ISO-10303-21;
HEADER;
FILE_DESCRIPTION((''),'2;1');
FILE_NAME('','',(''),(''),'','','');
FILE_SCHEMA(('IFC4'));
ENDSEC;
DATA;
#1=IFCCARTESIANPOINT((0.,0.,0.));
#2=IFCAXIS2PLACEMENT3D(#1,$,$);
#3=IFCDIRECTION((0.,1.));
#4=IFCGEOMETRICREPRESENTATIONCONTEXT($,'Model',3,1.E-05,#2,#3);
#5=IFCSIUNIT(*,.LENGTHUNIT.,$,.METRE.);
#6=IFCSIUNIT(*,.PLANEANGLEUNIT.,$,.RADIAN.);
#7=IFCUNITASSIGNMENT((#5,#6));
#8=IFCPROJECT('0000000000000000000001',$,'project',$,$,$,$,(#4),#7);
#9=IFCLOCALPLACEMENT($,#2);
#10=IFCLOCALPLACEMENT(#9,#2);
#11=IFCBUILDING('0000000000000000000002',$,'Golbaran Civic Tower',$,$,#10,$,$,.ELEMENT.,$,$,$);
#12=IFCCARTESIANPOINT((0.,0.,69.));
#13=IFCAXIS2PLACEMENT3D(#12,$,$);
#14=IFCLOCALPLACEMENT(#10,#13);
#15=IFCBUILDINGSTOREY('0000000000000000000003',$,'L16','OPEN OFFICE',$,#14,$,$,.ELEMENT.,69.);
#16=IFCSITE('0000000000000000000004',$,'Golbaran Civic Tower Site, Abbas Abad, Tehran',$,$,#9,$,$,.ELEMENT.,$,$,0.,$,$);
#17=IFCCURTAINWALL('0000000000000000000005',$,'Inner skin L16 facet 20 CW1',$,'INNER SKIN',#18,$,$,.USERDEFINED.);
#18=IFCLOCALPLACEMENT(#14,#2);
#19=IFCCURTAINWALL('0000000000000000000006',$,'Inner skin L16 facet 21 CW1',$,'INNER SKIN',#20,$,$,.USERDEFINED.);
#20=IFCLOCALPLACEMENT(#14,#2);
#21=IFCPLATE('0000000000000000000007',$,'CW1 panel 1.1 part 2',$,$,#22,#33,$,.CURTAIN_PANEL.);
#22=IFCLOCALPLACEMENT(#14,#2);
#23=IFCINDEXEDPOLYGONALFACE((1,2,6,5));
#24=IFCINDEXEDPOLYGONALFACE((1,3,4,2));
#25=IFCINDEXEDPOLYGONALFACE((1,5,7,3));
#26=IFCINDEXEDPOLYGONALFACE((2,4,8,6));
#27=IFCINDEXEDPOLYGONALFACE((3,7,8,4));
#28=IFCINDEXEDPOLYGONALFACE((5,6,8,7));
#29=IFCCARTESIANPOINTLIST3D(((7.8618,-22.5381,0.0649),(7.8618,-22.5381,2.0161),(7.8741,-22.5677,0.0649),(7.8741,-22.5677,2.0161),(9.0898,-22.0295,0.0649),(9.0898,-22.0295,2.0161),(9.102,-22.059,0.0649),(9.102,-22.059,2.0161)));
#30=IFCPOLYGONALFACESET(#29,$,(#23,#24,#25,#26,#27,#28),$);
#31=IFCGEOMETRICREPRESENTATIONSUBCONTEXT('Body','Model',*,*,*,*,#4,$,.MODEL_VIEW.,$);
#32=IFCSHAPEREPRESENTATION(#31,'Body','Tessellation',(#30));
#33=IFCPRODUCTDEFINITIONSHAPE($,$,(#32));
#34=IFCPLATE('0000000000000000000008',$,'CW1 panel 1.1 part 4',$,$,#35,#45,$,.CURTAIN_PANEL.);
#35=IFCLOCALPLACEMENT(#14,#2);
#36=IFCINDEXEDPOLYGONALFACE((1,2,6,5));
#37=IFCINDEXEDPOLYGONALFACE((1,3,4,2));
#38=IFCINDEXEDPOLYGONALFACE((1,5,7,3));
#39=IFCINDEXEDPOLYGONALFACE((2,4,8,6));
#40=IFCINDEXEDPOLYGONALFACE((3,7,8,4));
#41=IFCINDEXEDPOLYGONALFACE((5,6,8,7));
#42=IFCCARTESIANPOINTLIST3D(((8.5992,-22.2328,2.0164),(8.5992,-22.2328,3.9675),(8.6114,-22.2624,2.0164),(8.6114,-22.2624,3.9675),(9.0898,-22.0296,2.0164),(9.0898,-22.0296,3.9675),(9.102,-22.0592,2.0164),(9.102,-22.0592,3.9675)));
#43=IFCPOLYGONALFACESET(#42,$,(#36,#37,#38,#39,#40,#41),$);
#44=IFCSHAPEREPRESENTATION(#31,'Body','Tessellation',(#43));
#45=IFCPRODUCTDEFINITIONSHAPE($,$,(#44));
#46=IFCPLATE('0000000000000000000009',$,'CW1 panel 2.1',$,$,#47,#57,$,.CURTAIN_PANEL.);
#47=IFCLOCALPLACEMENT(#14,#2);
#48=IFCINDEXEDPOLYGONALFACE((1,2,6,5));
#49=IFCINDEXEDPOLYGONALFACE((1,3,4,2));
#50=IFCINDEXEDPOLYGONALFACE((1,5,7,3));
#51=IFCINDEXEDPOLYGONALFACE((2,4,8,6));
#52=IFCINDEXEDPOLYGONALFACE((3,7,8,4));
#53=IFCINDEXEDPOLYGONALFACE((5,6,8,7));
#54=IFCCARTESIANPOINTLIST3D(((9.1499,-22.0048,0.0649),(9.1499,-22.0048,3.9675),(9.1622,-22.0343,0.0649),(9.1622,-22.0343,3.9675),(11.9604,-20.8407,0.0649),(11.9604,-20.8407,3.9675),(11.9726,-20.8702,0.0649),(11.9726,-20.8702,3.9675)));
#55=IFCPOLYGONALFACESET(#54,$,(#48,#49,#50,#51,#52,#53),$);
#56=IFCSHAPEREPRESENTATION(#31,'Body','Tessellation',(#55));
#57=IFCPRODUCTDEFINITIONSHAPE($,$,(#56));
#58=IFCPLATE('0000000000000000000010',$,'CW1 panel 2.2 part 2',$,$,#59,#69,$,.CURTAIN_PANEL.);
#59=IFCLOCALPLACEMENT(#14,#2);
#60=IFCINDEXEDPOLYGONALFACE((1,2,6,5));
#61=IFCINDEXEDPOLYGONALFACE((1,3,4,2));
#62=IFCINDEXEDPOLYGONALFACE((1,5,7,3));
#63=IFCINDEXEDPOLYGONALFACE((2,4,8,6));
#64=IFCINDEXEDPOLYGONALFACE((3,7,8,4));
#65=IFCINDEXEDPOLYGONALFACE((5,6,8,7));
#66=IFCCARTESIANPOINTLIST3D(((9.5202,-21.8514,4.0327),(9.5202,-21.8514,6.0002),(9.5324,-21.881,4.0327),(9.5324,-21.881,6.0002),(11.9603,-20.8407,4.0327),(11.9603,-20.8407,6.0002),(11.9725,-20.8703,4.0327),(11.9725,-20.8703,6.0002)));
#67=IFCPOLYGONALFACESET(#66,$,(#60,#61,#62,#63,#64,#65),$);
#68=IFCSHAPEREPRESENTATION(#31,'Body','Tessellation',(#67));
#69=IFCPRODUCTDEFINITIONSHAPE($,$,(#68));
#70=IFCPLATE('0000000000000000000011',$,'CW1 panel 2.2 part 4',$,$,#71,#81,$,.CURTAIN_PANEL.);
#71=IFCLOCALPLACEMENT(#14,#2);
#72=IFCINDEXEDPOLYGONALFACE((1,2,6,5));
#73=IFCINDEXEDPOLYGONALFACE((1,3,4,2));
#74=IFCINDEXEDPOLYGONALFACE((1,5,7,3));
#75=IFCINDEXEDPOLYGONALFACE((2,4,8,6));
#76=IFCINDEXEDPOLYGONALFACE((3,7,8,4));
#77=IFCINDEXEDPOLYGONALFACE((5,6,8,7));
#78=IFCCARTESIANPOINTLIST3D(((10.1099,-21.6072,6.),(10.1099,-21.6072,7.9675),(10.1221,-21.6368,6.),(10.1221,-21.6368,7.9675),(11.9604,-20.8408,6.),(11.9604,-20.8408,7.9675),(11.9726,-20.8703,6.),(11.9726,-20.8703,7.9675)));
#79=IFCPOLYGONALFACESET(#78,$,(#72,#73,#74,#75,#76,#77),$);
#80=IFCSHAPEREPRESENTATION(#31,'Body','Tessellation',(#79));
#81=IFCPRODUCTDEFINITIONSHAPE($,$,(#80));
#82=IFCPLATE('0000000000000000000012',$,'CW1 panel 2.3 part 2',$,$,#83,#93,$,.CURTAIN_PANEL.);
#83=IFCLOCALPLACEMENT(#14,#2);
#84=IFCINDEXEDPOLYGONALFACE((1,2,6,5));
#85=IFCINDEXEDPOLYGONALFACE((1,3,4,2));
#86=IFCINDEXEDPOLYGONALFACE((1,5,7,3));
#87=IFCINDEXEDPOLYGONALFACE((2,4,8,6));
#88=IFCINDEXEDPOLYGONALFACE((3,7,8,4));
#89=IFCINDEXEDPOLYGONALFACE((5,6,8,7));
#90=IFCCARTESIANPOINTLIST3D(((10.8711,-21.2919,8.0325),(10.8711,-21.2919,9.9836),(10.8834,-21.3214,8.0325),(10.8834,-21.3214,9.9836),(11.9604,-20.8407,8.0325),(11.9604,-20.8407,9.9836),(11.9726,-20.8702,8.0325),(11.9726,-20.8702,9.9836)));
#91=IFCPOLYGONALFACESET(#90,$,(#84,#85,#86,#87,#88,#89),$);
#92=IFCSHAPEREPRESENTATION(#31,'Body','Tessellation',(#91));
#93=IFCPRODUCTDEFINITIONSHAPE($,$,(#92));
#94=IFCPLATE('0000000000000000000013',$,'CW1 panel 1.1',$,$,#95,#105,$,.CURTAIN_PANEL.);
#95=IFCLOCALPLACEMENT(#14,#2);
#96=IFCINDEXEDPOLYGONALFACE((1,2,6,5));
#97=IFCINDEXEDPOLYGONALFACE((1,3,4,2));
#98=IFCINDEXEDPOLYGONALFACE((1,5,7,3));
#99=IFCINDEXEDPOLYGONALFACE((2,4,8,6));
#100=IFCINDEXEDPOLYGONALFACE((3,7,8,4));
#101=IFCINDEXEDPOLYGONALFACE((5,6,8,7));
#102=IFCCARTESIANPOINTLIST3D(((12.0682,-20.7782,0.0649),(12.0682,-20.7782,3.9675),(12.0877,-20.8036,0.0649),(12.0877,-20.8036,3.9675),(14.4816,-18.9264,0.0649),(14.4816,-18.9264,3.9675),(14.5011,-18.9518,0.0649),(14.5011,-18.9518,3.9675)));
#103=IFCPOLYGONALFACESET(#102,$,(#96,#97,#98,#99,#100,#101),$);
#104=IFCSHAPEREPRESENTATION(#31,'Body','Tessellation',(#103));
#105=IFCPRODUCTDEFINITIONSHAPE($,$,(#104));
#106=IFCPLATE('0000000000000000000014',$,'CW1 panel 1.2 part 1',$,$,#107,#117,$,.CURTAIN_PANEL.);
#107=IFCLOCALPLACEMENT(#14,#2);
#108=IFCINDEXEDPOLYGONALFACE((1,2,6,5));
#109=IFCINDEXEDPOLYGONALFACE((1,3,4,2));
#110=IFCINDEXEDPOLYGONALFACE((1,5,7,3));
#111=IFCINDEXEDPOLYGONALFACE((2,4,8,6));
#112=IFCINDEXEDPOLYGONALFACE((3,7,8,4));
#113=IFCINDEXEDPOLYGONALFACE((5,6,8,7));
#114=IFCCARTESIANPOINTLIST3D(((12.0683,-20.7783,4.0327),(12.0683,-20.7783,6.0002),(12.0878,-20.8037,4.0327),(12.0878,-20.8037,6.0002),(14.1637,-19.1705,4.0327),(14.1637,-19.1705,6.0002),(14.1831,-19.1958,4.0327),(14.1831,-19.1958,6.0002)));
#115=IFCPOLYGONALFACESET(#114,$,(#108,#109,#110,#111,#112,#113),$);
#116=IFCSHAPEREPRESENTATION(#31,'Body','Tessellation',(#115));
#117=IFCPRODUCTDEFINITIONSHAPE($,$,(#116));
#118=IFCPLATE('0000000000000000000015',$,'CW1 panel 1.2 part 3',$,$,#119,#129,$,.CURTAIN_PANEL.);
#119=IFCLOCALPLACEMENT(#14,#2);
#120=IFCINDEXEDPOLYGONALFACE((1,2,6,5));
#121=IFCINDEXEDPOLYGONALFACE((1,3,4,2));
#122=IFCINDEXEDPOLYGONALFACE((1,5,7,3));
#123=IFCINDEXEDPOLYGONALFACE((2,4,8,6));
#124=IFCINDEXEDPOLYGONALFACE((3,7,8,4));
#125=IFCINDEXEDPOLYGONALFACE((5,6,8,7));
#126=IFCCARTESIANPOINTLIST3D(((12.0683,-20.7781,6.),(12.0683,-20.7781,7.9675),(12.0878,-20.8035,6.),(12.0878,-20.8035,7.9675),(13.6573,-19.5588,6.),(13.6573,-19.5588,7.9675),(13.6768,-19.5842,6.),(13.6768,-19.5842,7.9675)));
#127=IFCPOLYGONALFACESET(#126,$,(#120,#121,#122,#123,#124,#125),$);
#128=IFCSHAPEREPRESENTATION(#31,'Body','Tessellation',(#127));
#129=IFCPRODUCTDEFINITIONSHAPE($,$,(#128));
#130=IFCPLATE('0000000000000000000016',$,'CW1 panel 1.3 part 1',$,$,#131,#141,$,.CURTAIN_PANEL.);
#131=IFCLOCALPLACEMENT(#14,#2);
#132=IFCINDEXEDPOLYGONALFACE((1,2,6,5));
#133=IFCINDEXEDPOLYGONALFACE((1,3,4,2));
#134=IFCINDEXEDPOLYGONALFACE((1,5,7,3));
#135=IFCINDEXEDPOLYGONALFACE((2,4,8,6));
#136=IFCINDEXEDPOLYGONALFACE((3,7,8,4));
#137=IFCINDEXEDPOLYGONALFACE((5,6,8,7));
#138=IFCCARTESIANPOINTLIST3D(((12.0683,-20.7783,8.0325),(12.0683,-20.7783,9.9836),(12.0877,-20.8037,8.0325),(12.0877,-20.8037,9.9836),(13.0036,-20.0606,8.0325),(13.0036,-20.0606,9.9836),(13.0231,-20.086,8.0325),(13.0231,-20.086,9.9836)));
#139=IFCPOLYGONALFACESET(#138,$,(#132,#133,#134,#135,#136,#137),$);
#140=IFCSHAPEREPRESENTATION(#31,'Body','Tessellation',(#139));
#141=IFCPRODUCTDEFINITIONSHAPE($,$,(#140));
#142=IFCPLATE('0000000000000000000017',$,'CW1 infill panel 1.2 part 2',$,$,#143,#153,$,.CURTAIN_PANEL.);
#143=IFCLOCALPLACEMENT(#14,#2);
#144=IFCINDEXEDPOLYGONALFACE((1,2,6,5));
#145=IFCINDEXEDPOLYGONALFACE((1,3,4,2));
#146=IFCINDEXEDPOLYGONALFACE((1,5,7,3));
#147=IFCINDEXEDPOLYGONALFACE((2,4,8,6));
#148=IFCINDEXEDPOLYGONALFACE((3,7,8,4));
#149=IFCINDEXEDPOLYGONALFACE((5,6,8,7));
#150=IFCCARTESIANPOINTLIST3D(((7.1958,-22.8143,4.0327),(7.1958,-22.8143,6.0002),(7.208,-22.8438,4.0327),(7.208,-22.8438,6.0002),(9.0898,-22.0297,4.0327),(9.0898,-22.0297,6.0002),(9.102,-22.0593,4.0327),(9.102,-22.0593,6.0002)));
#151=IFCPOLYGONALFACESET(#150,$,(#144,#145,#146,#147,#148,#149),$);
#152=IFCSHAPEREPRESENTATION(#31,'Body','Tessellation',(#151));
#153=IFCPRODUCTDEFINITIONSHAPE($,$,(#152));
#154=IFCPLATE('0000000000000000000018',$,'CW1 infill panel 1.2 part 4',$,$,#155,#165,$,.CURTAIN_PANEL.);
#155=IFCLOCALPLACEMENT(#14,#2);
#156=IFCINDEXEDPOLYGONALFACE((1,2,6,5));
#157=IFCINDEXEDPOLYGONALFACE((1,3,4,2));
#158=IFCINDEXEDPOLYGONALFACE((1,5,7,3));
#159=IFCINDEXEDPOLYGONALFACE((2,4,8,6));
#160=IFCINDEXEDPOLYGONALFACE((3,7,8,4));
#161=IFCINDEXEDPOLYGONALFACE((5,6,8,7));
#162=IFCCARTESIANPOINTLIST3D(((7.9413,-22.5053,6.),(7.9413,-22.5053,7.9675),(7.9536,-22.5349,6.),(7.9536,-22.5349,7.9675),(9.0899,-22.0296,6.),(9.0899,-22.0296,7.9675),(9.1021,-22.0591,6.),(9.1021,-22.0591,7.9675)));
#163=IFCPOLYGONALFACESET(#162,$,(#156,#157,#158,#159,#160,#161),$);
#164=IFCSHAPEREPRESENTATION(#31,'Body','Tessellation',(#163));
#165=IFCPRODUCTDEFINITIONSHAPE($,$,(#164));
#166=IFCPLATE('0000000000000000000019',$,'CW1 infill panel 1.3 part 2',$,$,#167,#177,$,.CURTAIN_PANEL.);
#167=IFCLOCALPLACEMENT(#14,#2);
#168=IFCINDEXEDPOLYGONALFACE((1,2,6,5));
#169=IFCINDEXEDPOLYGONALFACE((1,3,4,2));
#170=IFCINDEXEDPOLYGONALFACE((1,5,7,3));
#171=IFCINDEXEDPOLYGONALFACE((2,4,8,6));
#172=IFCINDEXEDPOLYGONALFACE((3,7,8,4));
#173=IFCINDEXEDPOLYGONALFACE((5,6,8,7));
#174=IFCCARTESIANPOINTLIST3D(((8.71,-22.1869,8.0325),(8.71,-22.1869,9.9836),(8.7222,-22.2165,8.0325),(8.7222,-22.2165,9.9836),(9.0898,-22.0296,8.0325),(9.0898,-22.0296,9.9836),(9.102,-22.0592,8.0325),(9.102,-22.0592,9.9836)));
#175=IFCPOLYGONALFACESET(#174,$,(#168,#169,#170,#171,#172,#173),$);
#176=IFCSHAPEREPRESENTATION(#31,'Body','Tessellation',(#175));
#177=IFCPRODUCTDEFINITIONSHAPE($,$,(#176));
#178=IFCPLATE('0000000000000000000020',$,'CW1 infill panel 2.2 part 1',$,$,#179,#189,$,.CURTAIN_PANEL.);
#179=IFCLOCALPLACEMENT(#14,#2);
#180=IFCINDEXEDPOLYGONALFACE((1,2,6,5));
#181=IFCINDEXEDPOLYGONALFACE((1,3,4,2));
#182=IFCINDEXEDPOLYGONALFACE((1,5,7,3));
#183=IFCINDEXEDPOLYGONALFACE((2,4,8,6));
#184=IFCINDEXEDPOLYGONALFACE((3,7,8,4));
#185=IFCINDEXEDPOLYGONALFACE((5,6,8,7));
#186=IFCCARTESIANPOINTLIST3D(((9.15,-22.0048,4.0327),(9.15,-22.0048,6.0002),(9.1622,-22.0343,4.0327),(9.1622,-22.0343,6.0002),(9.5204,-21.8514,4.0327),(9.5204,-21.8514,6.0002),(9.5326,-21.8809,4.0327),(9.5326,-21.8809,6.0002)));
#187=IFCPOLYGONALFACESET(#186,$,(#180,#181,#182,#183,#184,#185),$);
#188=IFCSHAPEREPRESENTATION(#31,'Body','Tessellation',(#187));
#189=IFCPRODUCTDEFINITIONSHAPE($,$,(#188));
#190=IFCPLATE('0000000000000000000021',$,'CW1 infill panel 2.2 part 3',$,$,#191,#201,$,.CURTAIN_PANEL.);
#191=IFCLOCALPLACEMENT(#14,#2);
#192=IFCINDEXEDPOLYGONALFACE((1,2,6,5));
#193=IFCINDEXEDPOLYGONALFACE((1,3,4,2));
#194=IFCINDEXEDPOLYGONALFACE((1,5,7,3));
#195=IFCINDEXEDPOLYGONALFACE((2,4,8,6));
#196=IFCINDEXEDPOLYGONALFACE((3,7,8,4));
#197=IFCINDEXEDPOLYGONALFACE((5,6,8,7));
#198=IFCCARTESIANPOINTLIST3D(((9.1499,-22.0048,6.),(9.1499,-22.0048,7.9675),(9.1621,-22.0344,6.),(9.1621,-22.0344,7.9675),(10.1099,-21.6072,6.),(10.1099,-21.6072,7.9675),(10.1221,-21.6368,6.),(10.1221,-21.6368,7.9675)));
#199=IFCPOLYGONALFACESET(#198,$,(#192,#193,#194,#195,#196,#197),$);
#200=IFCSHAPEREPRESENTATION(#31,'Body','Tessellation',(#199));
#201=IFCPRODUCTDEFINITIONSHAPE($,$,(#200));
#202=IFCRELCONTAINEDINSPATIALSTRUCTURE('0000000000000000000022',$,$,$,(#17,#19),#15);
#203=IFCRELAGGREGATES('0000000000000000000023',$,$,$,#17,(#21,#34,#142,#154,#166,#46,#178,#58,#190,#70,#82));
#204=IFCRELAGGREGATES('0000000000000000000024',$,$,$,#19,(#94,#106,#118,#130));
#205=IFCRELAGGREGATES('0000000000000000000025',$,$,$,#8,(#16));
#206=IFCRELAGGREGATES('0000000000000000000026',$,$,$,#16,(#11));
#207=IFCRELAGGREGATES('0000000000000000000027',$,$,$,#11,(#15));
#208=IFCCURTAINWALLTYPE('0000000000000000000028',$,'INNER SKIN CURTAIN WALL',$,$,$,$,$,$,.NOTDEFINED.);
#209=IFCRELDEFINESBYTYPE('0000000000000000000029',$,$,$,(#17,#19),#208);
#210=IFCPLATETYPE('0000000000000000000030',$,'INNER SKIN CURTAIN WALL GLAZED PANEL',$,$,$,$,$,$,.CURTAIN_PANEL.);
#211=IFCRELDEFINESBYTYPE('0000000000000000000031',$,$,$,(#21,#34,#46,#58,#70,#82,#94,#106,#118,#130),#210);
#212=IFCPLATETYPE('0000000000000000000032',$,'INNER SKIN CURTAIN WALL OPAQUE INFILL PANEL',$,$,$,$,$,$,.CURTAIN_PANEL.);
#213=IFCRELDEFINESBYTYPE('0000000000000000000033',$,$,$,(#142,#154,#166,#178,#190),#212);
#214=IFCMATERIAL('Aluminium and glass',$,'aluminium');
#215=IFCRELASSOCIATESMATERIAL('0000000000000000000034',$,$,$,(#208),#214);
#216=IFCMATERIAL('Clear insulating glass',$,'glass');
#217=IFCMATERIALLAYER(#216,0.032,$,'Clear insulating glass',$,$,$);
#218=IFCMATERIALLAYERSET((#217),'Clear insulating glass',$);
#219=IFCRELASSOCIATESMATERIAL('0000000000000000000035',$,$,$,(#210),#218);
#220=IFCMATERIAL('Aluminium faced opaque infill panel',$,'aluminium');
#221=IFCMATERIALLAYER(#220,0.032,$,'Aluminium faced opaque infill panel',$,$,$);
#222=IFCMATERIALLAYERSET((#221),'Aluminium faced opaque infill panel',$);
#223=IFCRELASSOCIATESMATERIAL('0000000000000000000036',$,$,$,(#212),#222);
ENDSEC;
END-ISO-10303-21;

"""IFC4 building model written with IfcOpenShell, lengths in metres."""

from ifc_helpers import new_model, si_unit, direction, frame, origin, origin_2d, place, context, subcontext, project, spatial, rectangle, extrude, material, layer, layer_set, type_object, element, aggregate, save


model = new_model("IFC4")

# Units and contexts
model_context = context("Model", 3, precision=1e-05, world=origin(), true_north=direction((0.0, 1.0)))
body_context = subcontext(model_context, "Body", "Model", "MODEL_VIEW")
ifc_project = project(units=[si_unit("LENGTHUNIT", "METRE"), si_unit("PLANEANGLEUNIT", "RADIAN")], contexts=[model_context])

# Site, building, storey
site_placement = place(None, origin())
site = spatial("IfcSite", under=ifc_project, at=site_placement, Name="Golbaran Civic Tower Site, Abbas Abad, Tehran", CompositionType="ELEMENT", RefElevation=0.0)
building_placement = place(site_placement, origin())
building = spatial("IfcBuilding", under=site, at=building_placement, Name="Golbaran Civic Tower", CompositionType="ELEMENT")
storey_placement = place(building_placement, frame((0.0, 0.0, 69.0)))
storey = spatial("IfcBuildingStorey", under=building, at=storey_placement, Name="L16", Description="OPEN OFFICE", CompositionType="ELEMENT", Elevation=69.0)

# Curtain walls
ifc_material_1 = material(Name="Aluminium and glass", Category="aluminium")
curtain_wall_type_1 = type_object("IfcCurtainWallType", Name="INNER SKIN CURTAIN WALL", PredefinedType="NOTDEFINED", material=ifc_material_1)
curtain_wall_1_placement = place(storey_placement, origin())
curtain_wall_1 = element("IfcCurtainWall", 1, at=curtain_wall_1_placement, inside=storey, type_object=curtain_wall_type_1, Name="Inner skin L16 facet 20 CW1", ObjectType="INNER SKIN", PredefinedType="USERDEFINED")
curtain_wall_2_placement = place(storey_placement, origin())
curtain_wall_2 = element("IfcCurtainWall", 2, at=curtain_wall_2_placement, inside=storey, type_object=curtain_wall_type_1, Name="Inner skin L16 facet 21 CW1", ObjectType="INNER SKIN", PredefinedType="USERDEFINED")

# Plates
ifc_material_2 = material(Name="Clear insulating glass", Category="glass")
ifc_layer_1 = layer(ifc_material_2, 0.032, Name="Clear insulating glass")
ifc_layer_set_1 = layer_set([ifc_layer_1], Name="Clear insulating glass")
plate_type_1 = type_object("IfcPlateType", Name="INNER SKIN CURTAIN WALL GLAZED PANEL", PredefinedType="CURTAIN_PANEL", material=ifc_layer_set_1)
plate_1_placement = place(storey_placement, frame((8.4819, -22.2986, 0.0649), z_axis=(0.0, 0.0, 1.0), x_axis=(0.92388, 0.382683, 0.0)))
plate_1 = element("IfcPlate", 3, at=plate_1_placement, type_object=plate_type_1, Name="CW1 panel 1.1 part 2", PredefinedType="CURTAIN_PANEL", context=body_context, shape_type="SweptSolid", body=[
    extrude(rectangle(XDim=1.3291, YDim=0.032, at=origin_2d()), origin(), (0.0, 0.0, 1.0), 1.9512),
])
plate_2_placement = place(storey_placement, frame((8.8506, -22.146, 2.0164), z_axis=(0.0, 0.0, 1.0), x_axis=(0.92388, 0.382683, 0.0)))
plate_2 = element("IfcPlate", 4, at=plate_2_placement, type_object=plate_type_1, Name="CW1 panel 1.1 part 4", PredefinedType="CURTAIN_PANEL", context=body_context, shape_type="SweptSolid", body=[
    extrude(rectangle(XDim=0.531, YDim=0.032, at=origin_2d()), origin(), (0.0, 0.0, 1.0), 1.9512),
])
plate_3_placement = place(storey_placement, frame((10.5613, -21.4375, 0.0649), z_axis=(0.0, 0.0, 1.0), x_axis=(0.92388, 0.382683, 0.0)))
plate_3 = element("IfcPlate", 5, at=plate_3_placement, type_object=plate_type_1, Name="CW1 panel 2.1", PredefinedType="CURTAIN_PANEL", context=body_context, shape_type="SweptSolid", body=[
    extrude(rectangle(XDim=3.042, YDim=0.032, at=origin_2d()), origin(), (0.0, 0.0, 1.0), 3.9026),
])
plate_4_placement = place(storey_placement, frame((10.7463, -21.3608, 4.0327), z_axis=(0.0, 0.0, 1.0), x_axis=(0.92388, 0.382683, 0.0)))
plate_4 = element("IfcPlate", 6, at=plate_4_placement, type_object=plate_type_1, Name="CW1 panel 2.2 part 2", PredefinedType="CURTAIN_PANEL", context=body_context, shape_type="SweptSolid", body=[
    extrude(rectangle(XDim=2.6411, YDim=0.032, at=origin_2d()), origin(), (0.0, 0.0, 1.0), 1.9675),
])
plate_5_placement = place(storey_placement, frame((11.0413, -21.2388, 6.0), z_axis=(0.0, 0.0, 1.0), x_axis=(0.92388, 0.382683, 0.0)))
plate_5 = element("IfcPlate", 7, at=plate_5_placement, type_object=plate_type_1, Name="CW1 panel 2.2 part 4", PredefinedType="CURTAIN_PANEL", context=body_context, shape_type="SweptSolid", body=[
    extrude(rectangle(XDim=2.0029, YDim=0.032, at=origin_2d()), origin(), (0.0, 0.0, 1.0), 1.9675),
])
plate_6_placement = place(storey_placement, frame((11.4219, -21.0811, 8.0325), z_axis=(0.0, 0.0, 1.0), x_axis=(0.92388, 0.382683, 0.0)))
plate_6 = element("IfcPlate", 8, at=plate_6_placement, type_object=plate_type_1, Name="CW1 panel 2.3 part 2", PredefinedType="CURTAIN_PANEL", context=body_context, shape_type="SweptSolid", body=[
    extrude(rectangle(XDim=1.179, YDim=0.032, at=origin_2d()), origin(), (0.0, 0.0, 1.0), 1.9512),
])
plate_7_placement = place(storey_placement, frame((13.2847, -19.865, 0.0649), z_axis=(0.0, 0.0, 1.0), x_axis=(0.793353, 0.608761, 0.0)))
plate_7 = element("IfcPlate", 9, at=plate_7_placement, type_object=plate_type_1, Name="CW1 panel 1.1", PredefinedType="CURTAIN_PANEL", context=body_context, shape_type="SweptSolid", body=[
    extrude(rectangle(XDim=3.042, YDim=0.032, at=origin_2d()), origin(), (0.0, 0.0, 1.0), 3.9026),
])
plate_8_placement = place(storey_placement, frame((13.1257, -19.9871, 4.0327), z_axis=(0.0, 0.0, 1.0), x_axis=(0.793353, 0.608761, 0.0)))
plate_8 = element("IfcPlate", 10, at=plate_8_placement, type_object=plate_type_1, Name="CW1 panel 1.2 part 1", PredefinedType="CURTAIN_PANEL", context=body_context, shape_type="SweptSolid", body=[
    extrude(rectangle(XDim=2.6411, YDim=0.032, at=origin_2d()), origin(), (0.0, 0.0, 1.0), 1.9675),
])
plate_9_placement = place(storey_placement, frame((12.8726, -20.1812, 6.0), z_axis=(0.0, 0.0, 1.0), x_axis=(0.793353, 0.608761, 0.0)))
plate_9 = element("IfcPlate", 11, at=plate_9_placement, type_object=plate_type_1, Name="CW1 panel 1.2 part 3", PredefinedType="CURTAIN_PANEL", context=body_context, shape_type="SweptSolid", body=[
    extrude(rectangle(XDim=2.0029, YDim=0.032, at=origin_2d()), origin(), (0.0, 0.0, 1.0), 1.9675),
])
plate_10_placement = place(storey_placement, frame((12.5457, -20.4321, 8.0325), z_axis=(0.0, 0.0, 1.0), x_axis=(0.793353, 0.608761, 0.0)))
plate_10 = element("IfcPlate", 12, at=plate_10_placement, type_object=plate_type_1, Name="CW1 panel 1.3 part 1", PredefinedType="CURTAIN_PANEL", context=body_context, shape_type="SweptSolid", body=[
    extrude(rectangle(XDim=1.179, YDim=0.032, at=origin_2d()), origin(), (0.0, 0.0, 1.0), 1.9512),
])
ifc_material_3 = material(Name="Aluminium faced opaque infill panel", Category="aluminium")
ifc_layer_2 = layer(ifc_material_3, 0.032, Name="Aluminium faced opaque infill panel")
ifc_layer_set_2 = layer_set([ifc_layer_2], Name="Aluminium faced opaque infill panel")
plate_type_2 = type_object("IfcPlateType", Name="INNER SKIN CURTAIN WALL OPAQUE INFILL PANEL", PredefinedType="CURTAIN_PANEL", material=ifc_layer_set_2)
plate_11_placement = place(storey_placement, frame((8.1489, -22.4368, 4.0327), z_axis=(0.0, 0.0, 1.0), x_axis=(0.92388, 0.382683, 0.0)))
plate_11 = element("IfcPlate", 13, at=plate_11_placement, type_object=plate_type_2, Name="CW1 infill panel 1.2 part 2", PredefinedType="CURTAIN_PANEL", context=body_context, shape_type="SweptSolid", body=[
    extrude(rectangle(XDim=2.05, YDim=0.032, at=origin_2d()), origin(), (0.0, 0.0, 1.0), 1.9675),
])
plate_12_placement = place(storey_placement, frame((8.5217, -22.2822, 6.0), z_axis=(0.0, 0.0, 1.0), x_axis=(0.92388, 0.382683, 0.0)))
plate_12 = element("IfcPlate", 14, at=plate_12_placement, type_object=plate_type_2, Name="CW1 infill panel 1.2 part 4", PredefinedType="CURTAIN_PANEL", context=body_context, shape_type="SweptSolid", body=[
    extrude(rectangle(XDim=1.2432, YDim=0.032, at=origin_2d()), origin(), (0.0, 0.0, 1.0), 1.9675),
])
plate_13_placement = place(storey_placement, frame((8.906, -22.123, 8.0325), z_axis=(0.0, 0.0, 1.0), x_axis=(0.92388, 0.382683, 0.0)))
plate_13 = element("IfcPlate", 15, at=plate_13_placement, type_object=plate_type_2, Name="CW1 infill panel 1.3 part 2", PredefinedType="CURTAIN_PANEL", context=body_context, shape_type="SweptSolid", body=[
    extrude(rectangle(XDim=0.4111, YDim=0.032, at=origin_2d()), origin(), (0.0, 0.0, 1.0), 1.9512),
])
plate_14_placement = place(storey_placement, frame((9.3413, -21.9429, 4.0327), z_axis=(0.0, 0.0, 1.0), x_axis=(0.92388, 0.382683, 0.0)))
plate_14 = element("IfcPlate", 16, at=plate_14_placement, type_object=plate_type_2, Name="CW1 infill panel 2.2 part 1", PredefinedType="CURTAIN_PANEL", context=body_context, shape_type="SweptSolid", body=[
    extrude(rectangle(XDim=0.4009, YDim=0.032, at=origin_2d()), origin(), (0.0, 0.0, 1.0), 1.9675),
])
plate_15_placement = place(storey_placement, frame((9.636, -21.8208, 6.0), z_axis=(0.0, 0.0, 1.0), x_axis=(0.92388, 0.382683, 0.0)))
plate_15 = element("IfcPlate", 17, at=plate_15_placement, type_object=plate_type_2, Name="CW1 infill panel 2.2 part 3", PredefinedType="CURTAIN_PANEL", context=body_context, shape_type="SweptSolid", body=[
    extrude(rectangle(XDim=1.0391, YDim=0.032, at=origin_2d()), origin(), (0.0, 0.0, 1.0), 1.9675),
])
aggregate(curtain_wall_1, [plate_1, plate_2, plate_11, plate_12, plate_13, plate_3, plate_14, plate_4, plate_15, plate_5, plate_6])
aggregate(curtain_wall_2, [plate_7, plate_8, plate_9, plate_10])

save(model, "model.ifc")
